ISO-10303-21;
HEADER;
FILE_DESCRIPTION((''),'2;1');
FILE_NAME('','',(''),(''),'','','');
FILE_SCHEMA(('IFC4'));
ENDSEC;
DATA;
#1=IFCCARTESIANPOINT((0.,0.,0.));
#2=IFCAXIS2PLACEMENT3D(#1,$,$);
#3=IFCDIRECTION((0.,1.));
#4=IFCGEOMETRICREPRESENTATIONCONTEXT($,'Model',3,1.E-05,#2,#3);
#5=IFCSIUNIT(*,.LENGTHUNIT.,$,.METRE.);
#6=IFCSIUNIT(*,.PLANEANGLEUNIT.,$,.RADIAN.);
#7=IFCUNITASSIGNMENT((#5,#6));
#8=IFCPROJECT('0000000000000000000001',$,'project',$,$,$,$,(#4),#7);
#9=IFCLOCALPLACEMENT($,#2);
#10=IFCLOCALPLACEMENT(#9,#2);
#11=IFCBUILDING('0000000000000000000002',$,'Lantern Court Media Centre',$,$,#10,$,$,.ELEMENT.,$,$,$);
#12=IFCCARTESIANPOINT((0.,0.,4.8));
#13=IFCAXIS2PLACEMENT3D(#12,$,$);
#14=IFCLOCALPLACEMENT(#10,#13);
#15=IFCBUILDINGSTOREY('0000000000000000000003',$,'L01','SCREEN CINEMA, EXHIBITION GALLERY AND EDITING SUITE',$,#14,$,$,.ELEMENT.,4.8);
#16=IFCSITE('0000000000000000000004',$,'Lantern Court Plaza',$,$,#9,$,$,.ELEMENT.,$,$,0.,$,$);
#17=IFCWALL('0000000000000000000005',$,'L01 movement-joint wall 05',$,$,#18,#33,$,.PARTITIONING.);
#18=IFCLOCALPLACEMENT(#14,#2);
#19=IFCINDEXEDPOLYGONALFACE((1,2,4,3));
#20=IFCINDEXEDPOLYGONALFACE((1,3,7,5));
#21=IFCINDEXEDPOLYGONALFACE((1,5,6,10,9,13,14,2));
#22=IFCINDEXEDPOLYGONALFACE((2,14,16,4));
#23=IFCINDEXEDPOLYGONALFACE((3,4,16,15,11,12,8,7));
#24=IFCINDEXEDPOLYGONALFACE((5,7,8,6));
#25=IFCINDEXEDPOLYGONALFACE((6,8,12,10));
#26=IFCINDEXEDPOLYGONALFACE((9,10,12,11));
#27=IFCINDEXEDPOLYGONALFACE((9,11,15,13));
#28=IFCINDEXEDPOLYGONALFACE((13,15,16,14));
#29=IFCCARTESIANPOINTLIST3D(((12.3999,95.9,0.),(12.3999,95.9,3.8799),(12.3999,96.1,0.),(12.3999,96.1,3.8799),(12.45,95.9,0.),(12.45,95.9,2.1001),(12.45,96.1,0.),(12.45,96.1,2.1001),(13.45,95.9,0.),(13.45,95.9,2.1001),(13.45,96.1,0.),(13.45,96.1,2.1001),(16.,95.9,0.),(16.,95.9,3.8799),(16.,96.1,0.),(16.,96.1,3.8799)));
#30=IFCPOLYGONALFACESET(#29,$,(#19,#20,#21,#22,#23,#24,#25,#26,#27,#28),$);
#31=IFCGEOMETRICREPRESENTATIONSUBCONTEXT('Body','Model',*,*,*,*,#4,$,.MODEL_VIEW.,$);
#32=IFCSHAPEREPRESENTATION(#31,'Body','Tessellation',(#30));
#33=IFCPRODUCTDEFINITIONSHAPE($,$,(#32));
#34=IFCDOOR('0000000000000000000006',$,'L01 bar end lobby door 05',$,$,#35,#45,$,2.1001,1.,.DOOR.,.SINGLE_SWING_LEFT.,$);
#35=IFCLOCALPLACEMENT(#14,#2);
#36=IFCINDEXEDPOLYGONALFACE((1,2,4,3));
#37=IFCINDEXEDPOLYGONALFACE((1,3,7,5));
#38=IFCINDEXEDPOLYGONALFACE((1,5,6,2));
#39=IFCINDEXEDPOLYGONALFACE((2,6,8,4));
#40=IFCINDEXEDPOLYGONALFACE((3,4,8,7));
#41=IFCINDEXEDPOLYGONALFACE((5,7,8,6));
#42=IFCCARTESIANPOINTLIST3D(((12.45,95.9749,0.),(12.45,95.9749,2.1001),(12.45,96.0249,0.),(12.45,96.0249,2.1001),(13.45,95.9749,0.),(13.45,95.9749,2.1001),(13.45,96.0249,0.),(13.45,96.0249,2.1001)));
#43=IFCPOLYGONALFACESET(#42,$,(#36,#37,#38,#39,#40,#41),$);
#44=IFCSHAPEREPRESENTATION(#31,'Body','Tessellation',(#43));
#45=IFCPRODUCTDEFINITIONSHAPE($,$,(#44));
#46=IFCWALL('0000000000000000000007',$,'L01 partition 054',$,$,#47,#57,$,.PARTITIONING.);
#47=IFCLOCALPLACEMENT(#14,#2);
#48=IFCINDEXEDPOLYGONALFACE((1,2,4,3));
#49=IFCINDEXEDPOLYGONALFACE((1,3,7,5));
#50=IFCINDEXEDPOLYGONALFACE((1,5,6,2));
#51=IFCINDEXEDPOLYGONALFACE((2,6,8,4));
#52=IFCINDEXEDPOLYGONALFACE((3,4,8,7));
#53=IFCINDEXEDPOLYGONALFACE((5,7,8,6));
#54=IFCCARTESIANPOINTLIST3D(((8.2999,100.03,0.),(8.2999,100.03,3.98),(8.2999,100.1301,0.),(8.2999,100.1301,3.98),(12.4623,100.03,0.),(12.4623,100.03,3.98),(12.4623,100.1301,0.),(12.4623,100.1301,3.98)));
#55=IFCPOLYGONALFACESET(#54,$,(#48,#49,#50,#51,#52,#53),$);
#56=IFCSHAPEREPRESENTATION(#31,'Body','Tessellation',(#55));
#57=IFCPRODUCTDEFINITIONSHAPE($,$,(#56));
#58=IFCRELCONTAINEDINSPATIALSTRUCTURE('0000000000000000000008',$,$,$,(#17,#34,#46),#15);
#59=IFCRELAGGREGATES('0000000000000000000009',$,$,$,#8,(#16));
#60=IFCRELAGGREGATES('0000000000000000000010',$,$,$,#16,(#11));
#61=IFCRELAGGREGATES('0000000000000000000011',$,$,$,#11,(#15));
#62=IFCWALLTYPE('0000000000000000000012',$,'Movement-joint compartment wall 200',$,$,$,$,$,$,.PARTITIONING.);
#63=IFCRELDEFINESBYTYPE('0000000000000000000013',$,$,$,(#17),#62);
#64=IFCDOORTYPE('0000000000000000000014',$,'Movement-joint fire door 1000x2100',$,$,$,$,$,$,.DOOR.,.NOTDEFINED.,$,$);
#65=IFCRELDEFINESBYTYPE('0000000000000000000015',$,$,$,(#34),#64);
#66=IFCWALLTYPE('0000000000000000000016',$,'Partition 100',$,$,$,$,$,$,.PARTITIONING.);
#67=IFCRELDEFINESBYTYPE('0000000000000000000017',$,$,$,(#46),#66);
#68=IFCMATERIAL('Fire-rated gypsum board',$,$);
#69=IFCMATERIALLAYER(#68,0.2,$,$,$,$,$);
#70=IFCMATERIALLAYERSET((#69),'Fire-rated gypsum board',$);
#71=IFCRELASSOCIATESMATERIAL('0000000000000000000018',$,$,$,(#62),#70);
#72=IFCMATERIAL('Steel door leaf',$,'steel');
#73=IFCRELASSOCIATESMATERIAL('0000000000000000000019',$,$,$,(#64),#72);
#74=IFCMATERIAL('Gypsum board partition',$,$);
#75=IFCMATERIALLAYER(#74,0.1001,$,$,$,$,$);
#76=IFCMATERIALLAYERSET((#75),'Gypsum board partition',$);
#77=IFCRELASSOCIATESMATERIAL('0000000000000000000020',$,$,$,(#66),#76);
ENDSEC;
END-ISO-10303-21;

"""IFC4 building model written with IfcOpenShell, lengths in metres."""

from ifc_helpers import new_model, si_unit, direction, frame, frame_2d, origin, place, context, subcontext, project, spatial, rectangle, extrude, material, layer, layer_set, type_object, element, fill, save


model = new_model("IFC4")

# Units and contexts
model_context = context("Model", 3, precision=1e-05, world=origin(), true_north=direction((0.0, 1.0)))
body_context = subcontext(model_context, "Body", "Model", "MODEL_VIEW")
ifc_project = project(units=[si_unit("LENGTHUNIT", "METRE"), si_unit("PLANEANGLEUNIT", "RADIAN")], contexts=[model_context])

# Site, building, storey
site_placement = place(None, origin())
site = spatial("IfcSite", under=ifc_project, at=site_placement, Name="Lantern Court Plaza", CompositionType="ELEMENT", RefElevation=0.0)
building_placement = place(site_placement, origin())
building = spatial("IfcBuilding", under=site, at=building_placement, Name="Lantern Court Media Centre", CompositionType="ELEMENT")
storey_placement = place(building_placement, frame((0.0, 0.0, 4.8)))
storey = spatial("IfcBuildingStorey", under=building, at=storey_placement, Name="L01", Description="SCREEN CINEMA, EXHIBITION GALLERY AND EDITING SUITE", CompositionType="ELEMENT", Elevation=4.8)

# Shared definitions
ifc_material_1 = material(Name="Gypsum board partition")

# Wall, opening, door
ifc_material_2 = material(Name="Fire-rated gypsum board")
ifc_layer_1 = layer(ifc_material_2, 0.2)
ifc_layer_set_1 = layer_set([ifc_layer_1], Name="Fire-rated gypsum board")
wall_type_1 = type_object("IfcWallType", Name="Movement-joint compartment wall 200", PredefinedType="PARTITIONING", material=ifc_layer_set_1)
wall_1_placement = place(storey_placement, frame((12.3999, 96.0, 0.0), z_axis=(0.0, 0.0, 1.0), x_axis=(1.0, 0.0, 0.0)))
wall_1 = element("IfcWall", 1, at=wall_1_placement, inside=storey, type_object=wall_type_1, Name="L01 movement-joint wall 05", PredefinedType="PARTITIONING", context=body_context, shape_type="SweptSolid", body=[
    extrude(rectangle(XDim=3.6001, YDim=0.2, at=frame_2d((1.8, 0.0))), origin(), (0.0, 0.0, 1.0), 3.8799),
])
opening_1_placement = place(wall_1_placement, frame((0.05, 0.0, 0.0)))
opening_1 = element("IfcOpeningElement", 2, at=opening_1_placement, cuts=wall_1, PredefinedType="OPENING", context=body_context, shape_type="SweptSolid", body=[
    extrude(rectangle(XDim=1.0, YDim=2.1001, at=frame_2d((0.5, 1.05))), frame((0.0, 0.1099, 0.0), z_axis=(0.0, -1.0, 0.0), x_axis=(1.0, 0.0, 0.0)), (0.0, 0.0, 1.0), 0.22),
])
ifc_material_3 = material(Name="Steel door leaf", Category="steel")
door_type_1 = type_object("IfcDoorType", Name="Movement-joint fire door 1000x2100", OperationType="NOTDEFINED", PredefinedType="DOOR", material=ifc_material_3)
door_1_placement = place(opening_1_placement, origin())
door_1 = element("IfcDoor", 3, at=door_1_placement, inside=storey, type_object=door_type_1, Name="L01 bar end lobby door 05", OperationType="SINGLE_SWING_LEFT", OverallHeight=2.1001, OverallWidth=1.0, PredefinedType="DOOR", context=body_context, shape_type="SweptSolid", body=[
    extrude(rectangle(XDim=1.0, YDim=2.1001, at=frame_2d((0.5, 1.05))), frame((0.0, 0.0249, 0.0), z_axis=(0.0, -1.0, 0.0), x_axis=(1.0, 0.0, 0.0)), (0.0, 0.0, 1.0), 0.05),
])
fill(opening_1, door_1)

# Wall
ifc_layer_2 = layer(ifc_material_1, 0.1001)
ifc_layer_set_2 = layer_set([ifc_layer_2], Name="Gypsum board partition")
wall_type_2 = type_object("IfcWallType", Name="Partition 100", PredefinedType="PARTITIONING", material=ifc_layer_set_2)
wall_2_placement = place(storey_placement, frame((8.3, 100.0801, 0.0), z_axis=(0.0, 0.0, 1.0), x_axis=(1.0, 0.0, 0.0)))
element("IfcWall", 4, at=wall_2_placement, inside=storey, type_object=wall_type_2, Name="L01 partition 054", PredefinedType="PARTITIONING", context=body_context, shape_type="SweptSolid", body=[
    extrude(rectangle(XDim=4.1624, YDim=0.1001, at=frame_2d((2.0811, 0.0))), origin(), (0.0, 0.0, 1.0), 3.98),
])

save(model, "model.ifc")
